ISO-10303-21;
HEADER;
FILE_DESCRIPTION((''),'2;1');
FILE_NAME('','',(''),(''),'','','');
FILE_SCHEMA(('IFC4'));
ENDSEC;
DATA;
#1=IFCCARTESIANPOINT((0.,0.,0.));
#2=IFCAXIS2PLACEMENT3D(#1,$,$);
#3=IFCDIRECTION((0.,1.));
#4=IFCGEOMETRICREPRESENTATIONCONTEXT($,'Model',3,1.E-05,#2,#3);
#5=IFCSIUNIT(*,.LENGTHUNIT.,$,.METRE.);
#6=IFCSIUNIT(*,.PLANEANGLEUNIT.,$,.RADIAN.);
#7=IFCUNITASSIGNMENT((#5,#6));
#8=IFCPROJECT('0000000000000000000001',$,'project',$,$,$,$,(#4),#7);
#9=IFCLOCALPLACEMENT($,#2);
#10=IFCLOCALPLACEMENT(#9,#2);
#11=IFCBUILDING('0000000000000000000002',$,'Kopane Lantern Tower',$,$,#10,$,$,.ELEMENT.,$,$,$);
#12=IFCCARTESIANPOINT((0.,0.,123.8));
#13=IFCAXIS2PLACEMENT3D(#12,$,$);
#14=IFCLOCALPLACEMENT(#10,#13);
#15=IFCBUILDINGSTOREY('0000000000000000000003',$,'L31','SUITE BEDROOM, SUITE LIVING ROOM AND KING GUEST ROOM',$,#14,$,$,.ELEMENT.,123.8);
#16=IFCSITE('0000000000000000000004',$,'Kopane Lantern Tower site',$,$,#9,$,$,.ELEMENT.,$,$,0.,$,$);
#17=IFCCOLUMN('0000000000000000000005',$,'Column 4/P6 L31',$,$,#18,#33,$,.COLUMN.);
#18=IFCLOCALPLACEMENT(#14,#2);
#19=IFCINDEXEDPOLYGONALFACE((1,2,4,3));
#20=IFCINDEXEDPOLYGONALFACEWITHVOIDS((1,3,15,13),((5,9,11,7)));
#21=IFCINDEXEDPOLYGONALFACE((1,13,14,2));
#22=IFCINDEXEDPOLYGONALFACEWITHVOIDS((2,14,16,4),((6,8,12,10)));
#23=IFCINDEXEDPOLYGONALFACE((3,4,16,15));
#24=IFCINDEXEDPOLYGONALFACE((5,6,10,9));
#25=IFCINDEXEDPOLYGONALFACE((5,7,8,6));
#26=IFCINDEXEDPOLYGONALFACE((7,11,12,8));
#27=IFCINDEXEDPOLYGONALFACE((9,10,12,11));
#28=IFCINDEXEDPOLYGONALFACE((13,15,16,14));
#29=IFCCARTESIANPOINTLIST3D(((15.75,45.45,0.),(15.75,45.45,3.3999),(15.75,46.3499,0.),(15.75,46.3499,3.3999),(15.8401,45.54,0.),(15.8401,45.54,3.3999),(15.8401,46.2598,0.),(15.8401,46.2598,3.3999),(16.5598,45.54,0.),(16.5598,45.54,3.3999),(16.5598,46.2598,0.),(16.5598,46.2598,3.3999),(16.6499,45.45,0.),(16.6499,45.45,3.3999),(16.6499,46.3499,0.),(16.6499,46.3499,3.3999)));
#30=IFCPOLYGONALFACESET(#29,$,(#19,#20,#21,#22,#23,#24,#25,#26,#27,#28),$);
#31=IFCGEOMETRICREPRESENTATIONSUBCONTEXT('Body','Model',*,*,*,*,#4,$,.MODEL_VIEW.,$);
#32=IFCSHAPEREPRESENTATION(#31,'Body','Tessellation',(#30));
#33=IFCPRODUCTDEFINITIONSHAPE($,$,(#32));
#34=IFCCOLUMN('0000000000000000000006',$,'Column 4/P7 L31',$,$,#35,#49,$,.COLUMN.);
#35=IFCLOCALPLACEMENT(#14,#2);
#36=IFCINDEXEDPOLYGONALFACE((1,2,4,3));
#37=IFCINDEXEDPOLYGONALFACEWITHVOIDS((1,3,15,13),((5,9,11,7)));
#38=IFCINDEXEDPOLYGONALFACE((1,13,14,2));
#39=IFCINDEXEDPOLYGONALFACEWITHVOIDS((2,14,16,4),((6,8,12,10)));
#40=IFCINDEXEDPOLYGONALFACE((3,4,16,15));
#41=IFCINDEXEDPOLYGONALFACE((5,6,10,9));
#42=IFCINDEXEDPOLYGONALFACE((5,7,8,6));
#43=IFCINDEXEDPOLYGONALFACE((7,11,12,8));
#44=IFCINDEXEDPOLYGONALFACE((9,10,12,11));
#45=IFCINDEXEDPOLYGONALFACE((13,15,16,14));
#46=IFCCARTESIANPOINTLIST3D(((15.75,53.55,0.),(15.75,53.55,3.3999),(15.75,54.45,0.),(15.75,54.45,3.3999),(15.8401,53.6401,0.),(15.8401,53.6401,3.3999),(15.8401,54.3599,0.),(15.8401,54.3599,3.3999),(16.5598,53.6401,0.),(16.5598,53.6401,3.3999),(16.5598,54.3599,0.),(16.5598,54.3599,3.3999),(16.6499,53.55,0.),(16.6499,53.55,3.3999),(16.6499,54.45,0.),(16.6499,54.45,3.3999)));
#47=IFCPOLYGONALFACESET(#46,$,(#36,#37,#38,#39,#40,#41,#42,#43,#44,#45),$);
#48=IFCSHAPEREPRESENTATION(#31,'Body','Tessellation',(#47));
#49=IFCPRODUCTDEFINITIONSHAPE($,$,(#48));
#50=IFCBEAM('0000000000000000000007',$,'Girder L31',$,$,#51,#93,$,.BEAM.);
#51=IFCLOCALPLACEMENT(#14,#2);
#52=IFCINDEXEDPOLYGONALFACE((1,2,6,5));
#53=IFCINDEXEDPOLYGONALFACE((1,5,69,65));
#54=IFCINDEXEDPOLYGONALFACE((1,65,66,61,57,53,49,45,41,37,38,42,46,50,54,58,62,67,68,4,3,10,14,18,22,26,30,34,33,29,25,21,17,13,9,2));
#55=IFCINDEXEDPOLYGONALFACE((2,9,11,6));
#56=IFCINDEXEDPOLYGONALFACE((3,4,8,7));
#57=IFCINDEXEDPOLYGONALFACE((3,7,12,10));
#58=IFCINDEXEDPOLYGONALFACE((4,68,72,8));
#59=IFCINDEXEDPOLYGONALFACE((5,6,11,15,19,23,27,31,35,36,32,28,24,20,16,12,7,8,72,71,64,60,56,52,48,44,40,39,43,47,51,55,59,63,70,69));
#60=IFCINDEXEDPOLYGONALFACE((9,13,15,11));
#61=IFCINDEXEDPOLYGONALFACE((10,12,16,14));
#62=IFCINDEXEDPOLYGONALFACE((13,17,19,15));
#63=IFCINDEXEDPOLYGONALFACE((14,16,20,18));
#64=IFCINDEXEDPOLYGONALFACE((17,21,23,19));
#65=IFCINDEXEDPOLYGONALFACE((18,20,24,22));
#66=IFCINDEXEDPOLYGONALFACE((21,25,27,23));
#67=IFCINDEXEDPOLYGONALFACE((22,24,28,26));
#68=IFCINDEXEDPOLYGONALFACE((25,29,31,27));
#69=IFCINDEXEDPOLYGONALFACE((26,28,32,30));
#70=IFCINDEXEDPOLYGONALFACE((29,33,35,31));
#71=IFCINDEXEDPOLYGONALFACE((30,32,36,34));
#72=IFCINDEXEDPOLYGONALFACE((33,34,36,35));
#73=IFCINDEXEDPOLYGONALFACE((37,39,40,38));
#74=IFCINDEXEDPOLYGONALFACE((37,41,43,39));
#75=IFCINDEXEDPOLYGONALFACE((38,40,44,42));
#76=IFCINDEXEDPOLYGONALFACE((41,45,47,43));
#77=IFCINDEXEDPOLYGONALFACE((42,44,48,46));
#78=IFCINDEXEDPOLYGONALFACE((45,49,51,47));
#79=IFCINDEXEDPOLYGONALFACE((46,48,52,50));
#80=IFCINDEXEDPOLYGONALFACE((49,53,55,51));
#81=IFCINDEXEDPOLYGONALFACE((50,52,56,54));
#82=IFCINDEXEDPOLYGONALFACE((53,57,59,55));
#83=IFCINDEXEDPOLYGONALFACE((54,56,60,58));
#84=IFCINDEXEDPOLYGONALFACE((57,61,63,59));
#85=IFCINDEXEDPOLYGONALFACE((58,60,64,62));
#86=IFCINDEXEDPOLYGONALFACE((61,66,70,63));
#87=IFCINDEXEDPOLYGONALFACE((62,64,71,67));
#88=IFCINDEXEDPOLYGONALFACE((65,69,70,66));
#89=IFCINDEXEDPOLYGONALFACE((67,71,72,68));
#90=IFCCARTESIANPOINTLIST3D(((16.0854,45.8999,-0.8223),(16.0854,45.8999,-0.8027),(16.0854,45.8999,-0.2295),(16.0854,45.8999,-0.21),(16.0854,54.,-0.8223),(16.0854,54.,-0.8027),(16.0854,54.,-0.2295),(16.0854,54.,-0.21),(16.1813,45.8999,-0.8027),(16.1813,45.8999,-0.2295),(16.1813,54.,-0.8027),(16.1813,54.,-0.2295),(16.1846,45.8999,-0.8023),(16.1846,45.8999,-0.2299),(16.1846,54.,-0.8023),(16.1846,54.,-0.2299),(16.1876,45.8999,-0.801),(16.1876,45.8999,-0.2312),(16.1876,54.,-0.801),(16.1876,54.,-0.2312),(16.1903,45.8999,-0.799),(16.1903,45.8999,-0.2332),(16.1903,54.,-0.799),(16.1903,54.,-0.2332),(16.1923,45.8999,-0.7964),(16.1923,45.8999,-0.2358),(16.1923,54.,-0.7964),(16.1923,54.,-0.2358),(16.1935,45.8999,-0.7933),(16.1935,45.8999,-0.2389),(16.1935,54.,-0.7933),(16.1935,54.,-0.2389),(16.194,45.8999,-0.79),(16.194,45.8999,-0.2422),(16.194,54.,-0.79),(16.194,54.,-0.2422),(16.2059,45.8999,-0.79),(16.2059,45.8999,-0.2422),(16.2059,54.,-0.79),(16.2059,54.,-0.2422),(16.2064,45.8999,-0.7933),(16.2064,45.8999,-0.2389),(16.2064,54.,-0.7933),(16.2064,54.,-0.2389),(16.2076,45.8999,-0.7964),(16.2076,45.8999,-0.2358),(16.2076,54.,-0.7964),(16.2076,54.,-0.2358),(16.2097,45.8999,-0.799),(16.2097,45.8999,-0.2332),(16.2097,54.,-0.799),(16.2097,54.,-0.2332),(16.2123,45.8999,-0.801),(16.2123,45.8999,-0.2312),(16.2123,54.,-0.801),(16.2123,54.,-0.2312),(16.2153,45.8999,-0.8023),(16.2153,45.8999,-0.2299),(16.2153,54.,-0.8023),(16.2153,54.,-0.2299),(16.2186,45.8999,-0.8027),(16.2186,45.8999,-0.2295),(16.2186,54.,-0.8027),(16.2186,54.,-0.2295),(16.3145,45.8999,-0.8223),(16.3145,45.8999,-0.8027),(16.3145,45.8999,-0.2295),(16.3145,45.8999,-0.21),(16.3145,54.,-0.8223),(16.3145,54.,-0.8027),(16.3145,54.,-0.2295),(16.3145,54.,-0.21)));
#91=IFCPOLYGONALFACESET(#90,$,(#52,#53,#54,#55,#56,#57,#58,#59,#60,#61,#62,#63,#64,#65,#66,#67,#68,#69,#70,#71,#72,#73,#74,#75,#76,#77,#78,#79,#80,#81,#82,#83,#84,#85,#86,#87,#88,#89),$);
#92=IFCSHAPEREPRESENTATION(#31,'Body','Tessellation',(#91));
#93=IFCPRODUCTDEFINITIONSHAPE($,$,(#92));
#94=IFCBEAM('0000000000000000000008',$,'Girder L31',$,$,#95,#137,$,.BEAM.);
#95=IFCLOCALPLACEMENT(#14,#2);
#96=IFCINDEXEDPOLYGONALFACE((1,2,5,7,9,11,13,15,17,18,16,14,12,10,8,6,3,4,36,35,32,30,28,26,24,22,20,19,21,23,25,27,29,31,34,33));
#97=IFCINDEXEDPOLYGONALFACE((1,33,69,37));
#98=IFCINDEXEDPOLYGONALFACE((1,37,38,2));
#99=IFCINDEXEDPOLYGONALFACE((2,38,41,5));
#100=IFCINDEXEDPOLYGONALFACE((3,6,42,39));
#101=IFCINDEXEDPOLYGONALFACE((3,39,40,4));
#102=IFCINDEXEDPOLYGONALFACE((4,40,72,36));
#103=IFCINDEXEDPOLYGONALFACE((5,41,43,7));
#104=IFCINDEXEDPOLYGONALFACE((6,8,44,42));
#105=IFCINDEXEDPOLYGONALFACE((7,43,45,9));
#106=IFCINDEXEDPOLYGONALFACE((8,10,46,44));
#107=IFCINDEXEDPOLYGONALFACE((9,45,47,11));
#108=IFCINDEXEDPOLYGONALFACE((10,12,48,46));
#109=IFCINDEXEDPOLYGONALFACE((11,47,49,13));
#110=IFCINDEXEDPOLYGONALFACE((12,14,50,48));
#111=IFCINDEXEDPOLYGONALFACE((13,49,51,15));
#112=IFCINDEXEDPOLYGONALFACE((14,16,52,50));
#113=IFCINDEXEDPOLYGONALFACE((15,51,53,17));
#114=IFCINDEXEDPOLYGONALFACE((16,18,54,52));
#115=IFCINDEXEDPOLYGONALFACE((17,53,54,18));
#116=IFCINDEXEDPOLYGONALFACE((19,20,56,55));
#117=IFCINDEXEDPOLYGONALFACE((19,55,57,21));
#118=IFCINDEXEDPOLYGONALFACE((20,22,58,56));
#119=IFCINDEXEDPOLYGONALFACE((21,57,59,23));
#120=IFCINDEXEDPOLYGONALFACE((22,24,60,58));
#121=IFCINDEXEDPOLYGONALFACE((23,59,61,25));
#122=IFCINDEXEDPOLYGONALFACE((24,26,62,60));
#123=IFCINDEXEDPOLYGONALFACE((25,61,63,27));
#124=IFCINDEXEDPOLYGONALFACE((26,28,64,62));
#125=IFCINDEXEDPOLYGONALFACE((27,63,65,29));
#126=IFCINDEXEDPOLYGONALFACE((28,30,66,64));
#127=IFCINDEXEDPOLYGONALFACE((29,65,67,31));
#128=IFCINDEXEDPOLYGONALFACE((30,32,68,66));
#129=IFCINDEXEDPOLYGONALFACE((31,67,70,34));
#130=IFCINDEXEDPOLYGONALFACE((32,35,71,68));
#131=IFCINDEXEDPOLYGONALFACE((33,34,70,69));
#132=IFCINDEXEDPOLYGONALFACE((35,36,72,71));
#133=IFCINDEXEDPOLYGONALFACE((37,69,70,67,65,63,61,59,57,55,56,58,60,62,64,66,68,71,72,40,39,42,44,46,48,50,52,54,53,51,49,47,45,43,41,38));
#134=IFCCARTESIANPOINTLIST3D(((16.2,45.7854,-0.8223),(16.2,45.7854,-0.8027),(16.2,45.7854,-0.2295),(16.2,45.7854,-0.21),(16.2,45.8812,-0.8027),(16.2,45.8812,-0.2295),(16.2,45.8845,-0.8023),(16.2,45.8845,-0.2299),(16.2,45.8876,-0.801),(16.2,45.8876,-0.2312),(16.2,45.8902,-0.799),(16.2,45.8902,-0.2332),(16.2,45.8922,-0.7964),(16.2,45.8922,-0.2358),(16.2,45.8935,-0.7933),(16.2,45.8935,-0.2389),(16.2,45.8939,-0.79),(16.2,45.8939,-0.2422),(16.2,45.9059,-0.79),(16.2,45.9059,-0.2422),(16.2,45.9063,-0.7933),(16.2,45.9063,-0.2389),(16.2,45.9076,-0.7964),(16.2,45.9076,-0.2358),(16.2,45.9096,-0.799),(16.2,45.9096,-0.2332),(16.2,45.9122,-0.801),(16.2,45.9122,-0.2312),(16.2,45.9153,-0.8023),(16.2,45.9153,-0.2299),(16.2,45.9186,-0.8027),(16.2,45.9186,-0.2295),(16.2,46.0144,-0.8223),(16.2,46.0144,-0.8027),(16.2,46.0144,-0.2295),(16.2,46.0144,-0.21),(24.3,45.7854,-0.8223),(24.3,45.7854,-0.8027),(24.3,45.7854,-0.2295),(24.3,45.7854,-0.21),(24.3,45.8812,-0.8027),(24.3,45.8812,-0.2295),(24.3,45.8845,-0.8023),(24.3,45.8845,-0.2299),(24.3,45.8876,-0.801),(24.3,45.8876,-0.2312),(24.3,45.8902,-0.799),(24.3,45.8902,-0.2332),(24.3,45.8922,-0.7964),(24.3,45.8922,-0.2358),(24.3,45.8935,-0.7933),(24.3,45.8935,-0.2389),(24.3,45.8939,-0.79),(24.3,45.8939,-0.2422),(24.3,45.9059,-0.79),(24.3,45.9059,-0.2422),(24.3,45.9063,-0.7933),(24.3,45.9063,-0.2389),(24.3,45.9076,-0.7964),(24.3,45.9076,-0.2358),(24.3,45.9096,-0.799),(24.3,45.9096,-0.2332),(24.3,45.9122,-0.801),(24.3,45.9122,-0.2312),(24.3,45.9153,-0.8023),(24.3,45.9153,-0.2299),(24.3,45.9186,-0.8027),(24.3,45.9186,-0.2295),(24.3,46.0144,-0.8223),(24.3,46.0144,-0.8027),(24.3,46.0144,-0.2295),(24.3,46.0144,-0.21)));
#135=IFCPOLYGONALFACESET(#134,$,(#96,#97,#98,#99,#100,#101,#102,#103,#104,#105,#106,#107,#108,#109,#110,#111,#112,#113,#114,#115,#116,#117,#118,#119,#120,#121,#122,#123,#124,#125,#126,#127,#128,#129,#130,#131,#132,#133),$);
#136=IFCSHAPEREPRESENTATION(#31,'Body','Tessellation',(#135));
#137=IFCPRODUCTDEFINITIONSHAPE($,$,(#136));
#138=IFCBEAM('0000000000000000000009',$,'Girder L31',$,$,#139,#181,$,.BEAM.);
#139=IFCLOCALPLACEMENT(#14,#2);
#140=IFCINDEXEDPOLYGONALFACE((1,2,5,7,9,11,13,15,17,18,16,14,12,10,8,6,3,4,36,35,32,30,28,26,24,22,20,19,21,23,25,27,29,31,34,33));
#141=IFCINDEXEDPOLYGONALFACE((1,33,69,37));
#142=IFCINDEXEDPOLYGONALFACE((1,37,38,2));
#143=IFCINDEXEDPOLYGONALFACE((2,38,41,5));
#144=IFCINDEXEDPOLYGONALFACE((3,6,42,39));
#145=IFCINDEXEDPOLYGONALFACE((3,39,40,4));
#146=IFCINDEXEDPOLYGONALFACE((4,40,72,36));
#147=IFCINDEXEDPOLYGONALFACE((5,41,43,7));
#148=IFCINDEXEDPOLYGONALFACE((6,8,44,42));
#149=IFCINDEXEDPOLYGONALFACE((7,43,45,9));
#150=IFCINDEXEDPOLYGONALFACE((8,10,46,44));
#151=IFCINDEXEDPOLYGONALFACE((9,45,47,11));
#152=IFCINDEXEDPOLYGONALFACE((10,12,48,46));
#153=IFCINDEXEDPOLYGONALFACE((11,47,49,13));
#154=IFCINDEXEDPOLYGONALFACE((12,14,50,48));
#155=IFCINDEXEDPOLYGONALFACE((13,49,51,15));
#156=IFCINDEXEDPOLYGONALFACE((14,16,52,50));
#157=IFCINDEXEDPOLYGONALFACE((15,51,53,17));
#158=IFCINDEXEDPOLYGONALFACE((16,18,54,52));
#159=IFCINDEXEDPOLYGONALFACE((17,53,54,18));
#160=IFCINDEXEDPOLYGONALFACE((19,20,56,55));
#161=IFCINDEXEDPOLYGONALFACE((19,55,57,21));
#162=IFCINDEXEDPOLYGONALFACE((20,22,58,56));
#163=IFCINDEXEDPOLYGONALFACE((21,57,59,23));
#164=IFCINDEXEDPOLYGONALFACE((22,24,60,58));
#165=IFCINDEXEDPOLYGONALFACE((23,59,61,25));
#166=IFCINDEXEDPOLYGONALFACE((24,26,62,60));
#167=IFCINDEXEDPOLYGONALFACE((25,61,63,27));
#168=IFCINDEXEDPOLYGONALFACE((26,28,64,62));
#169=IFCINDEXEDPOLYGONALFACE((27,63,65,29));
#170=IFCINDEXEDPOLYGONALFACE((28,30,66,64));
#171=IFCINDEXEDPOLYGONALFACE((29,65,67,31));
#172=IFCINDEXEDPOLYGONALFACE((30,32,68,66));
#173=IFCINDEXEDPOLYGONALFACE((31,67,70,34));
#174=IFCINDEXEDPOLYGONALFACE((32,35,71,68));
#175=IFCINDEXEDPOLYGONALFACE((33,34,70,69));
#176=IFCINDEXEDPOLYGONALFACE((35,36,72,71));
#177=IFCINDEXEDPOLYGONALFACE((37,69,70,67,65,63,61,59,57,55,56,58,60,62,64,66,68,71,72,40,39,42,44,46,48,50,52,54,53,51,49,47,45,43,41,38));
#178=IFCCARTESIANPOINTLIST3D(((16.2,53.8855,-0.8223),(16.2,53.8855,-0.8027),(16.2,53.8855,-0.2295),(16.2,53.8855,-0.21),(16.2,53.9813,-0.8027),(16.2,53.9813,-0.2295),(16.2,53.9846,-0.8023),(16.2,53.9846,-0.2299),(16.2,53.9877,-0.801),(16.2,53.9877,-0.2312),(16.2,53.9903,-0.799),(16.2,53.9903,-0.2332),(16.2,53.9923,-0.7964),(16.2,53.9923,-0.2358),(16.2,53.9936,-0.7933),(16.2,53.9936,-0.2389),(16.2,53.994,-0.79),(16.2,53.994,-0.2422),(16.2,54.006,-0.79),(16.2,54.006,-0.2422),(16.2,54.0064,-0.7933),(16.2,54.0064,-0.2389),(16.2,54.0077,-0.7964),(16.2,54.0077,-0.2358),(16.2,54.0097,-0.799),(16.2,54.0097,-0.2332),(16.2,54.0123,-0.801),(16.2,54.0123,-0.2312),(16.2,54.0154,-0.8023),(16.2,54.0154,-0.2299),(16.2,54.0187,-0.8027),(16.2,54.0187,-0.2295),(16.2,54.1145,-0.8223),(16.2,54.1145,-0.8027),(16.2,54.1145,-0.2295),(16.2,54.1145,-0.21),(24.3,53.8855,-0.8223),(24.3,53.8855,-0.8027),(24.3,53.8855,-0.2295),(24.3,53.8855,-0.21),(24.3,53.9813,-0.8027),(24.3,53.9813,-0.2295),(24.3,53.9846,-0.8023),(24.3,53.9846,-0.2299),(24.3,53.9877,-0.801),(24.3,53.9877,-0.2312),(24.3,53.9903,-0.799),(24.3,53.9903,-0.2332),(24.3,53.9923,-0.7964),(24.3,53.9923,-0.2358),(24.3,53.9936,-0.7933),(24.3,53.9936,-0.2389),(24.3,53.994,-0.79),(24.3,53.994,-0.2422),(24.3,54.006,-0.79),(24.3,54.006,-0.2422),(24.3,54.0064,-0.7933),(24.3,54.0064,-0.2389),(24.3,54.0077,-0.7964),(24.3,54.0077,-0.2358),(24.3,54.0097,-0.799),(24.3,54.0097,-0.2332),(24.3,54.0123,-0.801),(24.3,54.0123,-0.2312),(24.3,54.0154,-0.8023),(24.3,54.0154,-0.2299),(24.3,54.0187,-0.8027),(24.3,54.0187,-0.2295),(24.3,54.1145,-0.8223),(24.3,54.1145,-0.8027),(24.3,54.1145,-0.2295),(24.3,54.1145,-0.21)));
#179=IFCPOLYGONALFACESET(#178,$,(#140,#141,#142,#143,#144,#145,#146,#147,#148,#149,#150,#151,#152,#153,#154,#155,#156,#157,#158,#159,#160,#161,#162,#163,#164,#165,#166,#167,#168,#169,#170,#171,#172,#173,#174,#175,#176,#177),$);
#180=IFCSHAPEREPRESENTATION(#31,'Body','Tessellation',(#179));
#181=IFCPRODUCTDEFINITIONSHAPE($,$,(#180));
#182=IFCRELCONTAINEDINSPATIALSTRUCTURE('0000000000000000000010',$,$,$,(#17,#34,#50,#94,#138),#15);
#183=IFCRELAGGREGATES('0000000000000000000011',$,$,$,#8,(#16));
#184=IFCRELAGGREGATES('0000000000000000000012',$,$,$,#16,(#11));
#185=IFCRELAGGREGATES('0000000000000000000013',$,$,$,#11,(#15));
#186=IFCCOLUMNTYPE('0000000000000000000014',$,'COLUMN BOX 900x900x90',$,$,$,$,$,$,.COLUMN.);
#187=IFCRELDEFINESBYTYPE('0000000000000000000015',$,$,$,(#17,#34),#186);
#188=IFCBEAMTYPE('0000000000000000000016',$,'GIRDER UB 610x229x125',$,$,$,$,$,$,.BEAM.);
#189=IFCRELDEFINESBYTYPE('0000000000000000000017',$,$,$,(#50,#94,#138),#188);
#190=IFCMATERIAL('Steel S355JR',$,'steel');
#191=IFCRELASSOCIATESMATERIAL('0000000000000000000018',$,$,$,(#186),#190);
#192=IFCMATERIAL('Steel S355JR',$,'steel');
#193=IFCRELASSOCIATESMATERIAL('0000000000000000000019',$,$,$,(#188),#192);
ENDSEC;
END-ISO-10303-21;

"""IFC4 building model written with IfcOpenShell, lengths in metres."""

from ifc_helpers import new_model, si_unit, direction, frame, origin, origin_2d, place, context, subcontext, project, spatial, hollow_rectangle, i_section, extrude, material, material_profile, profile_set, type_object, element, save


model = new_model("IFC4")

# Units and contexts
model_context = context("Model", 3, precision=1e-05, world=origin(), true_north=direction((0.0, 1.0)))
body_context = subcontext(model_context, "Body", "Model", "MODEL_VIEW")
ifc_project = project(units=[si_unit("LENGTHUNIT", "METRE"), si_unit("PLANEANGLEUNIT", "RADIAN")], contexts=[model_context])

# Site, building, storey
site_placement = place(None, origin())
site = spatial("IfcSite", under=ifc_project, at=site_placement, Name="Kopane Lantern Tower site", CompositionType="ELEMENT", RefElevation=0.0)
building_placement = place(site_placement, origin())
building = spatial("IfcBuilding", under=site, at=building_placement, Name="Kopane Lantern Tower", CompositionType="ELEMENT")
storey_placement = place(building_placement, frame((0.0, 0.0, 123.8)))
storey = spatial("IfcBuildingStorey", under=building, at=storey_placement, Name="L31", Description="SUITE BEDROOM, SUITE LIVING ROOM AND KING GUEST ROOM", CompositionType="ELEMENT", Elevation=123.8)

# Columns
ifc_material_1 = material(Name="Steel S355JR", Category="steel")
ifc_material_profile_1 = material_profile(ifc_material_1, hollow_rectangle(XDim=0.8999, YDim=0.8999, WallThickness=0.0901, at=origin_2d()), Name="BOX 900x900x90")
ifc_profile_set_1 = profile_set([ifc_material_profile_1], Name="Steel S355JR")
column_type = type_object("IfcColumnType", Name="COLUMN BOX 900x900x90", PredefinedType="COLUMN", material=ifc_profile_set_1)
for number, where, z_axis, x_axis, name in (
    (1, (16.2, 45.8999, 0.0), (0.0, 0.0, 1.0), (1.0, 0.0, 0.0), "Column 4/P6 L31"),
    (2, (16.2, 54.0, 0.0), (0.0, 0.0, 1.0), (1.0, 0.0, 0.0), "Column 4/P7 L31"),
):
    element("IfcColumn", number, at=place(storey_placement, frame(where, z_axis=z_axis, x_axis=x_axis)), inside=storey, type_object=column_type, Name=name, PredefinedType="COLUMN", context=body_context, shape_type="SweptSolid", body=[
        extrude(hollow_rectangle(XDim=0.8999, YDim=0.8999, WallThickness=0.0901, at=origin_2d()), origin(), (0.0, 0.0, 1.0), 3.3999),
    ])

# Beams
ifc_material_2 = material(Name="Steel S355JR", Category="steel")
ifc_material_profile_2 = material_profile(ifc_material_2, i_section(OverallWidth=0.229, OverallDepth=0.6123, WebThickness=0.012, FlangeThickness=0.0195, FilletRadius=0.0127, at=origin_2d()), Name="UB 610x229x125")
ifc_profile_set_2 = profile_set([ifc_material_profile_2], Name="Steel S355JR")
beam_type = type_object("IfcBeamType", Name="GIRDER UB 610x229x125", PredefinedType="BEAM", material=ifc_profile_set_2)
for number, where, z_axis, x_axis, name in (
    (3, (16.2, 45.8999, -0.5161), (0.0, 1.0, 0.0), (-1.0, 0.0, 0.0), "Girder L31"),
    (4, (16.2, 45.8999, -0.5161), (1.0, 0.0, 0.0), (0.0, 1.0, 0.0), "Girder L31"),
    (5, (16.2, 54.0, -0.5161), (1.0, 0.0, 0.0), (0.0, 1.0, 0.0), "Girder L31"),
):
    element("IfcBeam", number, at=place(storey_placement, frame(where, z_axis=z_axis, x_axis=x_axis)), inside=storey, type_object=beam_type, Name=name, PredefinedType="BEAM", context=body_context, shape_type="SweptSolid", body=[
        extrude(i_section(OverallWidth=0.229, OverallDepth=0.6123, WebThickness=0.012, FlangeThickness=0.0195, FilletRadius=0.0127, at=origin_2d()), origin(), (0.0, 0.0, 1.0), 8.1001),
    ])

save(model, "model.ifc")
